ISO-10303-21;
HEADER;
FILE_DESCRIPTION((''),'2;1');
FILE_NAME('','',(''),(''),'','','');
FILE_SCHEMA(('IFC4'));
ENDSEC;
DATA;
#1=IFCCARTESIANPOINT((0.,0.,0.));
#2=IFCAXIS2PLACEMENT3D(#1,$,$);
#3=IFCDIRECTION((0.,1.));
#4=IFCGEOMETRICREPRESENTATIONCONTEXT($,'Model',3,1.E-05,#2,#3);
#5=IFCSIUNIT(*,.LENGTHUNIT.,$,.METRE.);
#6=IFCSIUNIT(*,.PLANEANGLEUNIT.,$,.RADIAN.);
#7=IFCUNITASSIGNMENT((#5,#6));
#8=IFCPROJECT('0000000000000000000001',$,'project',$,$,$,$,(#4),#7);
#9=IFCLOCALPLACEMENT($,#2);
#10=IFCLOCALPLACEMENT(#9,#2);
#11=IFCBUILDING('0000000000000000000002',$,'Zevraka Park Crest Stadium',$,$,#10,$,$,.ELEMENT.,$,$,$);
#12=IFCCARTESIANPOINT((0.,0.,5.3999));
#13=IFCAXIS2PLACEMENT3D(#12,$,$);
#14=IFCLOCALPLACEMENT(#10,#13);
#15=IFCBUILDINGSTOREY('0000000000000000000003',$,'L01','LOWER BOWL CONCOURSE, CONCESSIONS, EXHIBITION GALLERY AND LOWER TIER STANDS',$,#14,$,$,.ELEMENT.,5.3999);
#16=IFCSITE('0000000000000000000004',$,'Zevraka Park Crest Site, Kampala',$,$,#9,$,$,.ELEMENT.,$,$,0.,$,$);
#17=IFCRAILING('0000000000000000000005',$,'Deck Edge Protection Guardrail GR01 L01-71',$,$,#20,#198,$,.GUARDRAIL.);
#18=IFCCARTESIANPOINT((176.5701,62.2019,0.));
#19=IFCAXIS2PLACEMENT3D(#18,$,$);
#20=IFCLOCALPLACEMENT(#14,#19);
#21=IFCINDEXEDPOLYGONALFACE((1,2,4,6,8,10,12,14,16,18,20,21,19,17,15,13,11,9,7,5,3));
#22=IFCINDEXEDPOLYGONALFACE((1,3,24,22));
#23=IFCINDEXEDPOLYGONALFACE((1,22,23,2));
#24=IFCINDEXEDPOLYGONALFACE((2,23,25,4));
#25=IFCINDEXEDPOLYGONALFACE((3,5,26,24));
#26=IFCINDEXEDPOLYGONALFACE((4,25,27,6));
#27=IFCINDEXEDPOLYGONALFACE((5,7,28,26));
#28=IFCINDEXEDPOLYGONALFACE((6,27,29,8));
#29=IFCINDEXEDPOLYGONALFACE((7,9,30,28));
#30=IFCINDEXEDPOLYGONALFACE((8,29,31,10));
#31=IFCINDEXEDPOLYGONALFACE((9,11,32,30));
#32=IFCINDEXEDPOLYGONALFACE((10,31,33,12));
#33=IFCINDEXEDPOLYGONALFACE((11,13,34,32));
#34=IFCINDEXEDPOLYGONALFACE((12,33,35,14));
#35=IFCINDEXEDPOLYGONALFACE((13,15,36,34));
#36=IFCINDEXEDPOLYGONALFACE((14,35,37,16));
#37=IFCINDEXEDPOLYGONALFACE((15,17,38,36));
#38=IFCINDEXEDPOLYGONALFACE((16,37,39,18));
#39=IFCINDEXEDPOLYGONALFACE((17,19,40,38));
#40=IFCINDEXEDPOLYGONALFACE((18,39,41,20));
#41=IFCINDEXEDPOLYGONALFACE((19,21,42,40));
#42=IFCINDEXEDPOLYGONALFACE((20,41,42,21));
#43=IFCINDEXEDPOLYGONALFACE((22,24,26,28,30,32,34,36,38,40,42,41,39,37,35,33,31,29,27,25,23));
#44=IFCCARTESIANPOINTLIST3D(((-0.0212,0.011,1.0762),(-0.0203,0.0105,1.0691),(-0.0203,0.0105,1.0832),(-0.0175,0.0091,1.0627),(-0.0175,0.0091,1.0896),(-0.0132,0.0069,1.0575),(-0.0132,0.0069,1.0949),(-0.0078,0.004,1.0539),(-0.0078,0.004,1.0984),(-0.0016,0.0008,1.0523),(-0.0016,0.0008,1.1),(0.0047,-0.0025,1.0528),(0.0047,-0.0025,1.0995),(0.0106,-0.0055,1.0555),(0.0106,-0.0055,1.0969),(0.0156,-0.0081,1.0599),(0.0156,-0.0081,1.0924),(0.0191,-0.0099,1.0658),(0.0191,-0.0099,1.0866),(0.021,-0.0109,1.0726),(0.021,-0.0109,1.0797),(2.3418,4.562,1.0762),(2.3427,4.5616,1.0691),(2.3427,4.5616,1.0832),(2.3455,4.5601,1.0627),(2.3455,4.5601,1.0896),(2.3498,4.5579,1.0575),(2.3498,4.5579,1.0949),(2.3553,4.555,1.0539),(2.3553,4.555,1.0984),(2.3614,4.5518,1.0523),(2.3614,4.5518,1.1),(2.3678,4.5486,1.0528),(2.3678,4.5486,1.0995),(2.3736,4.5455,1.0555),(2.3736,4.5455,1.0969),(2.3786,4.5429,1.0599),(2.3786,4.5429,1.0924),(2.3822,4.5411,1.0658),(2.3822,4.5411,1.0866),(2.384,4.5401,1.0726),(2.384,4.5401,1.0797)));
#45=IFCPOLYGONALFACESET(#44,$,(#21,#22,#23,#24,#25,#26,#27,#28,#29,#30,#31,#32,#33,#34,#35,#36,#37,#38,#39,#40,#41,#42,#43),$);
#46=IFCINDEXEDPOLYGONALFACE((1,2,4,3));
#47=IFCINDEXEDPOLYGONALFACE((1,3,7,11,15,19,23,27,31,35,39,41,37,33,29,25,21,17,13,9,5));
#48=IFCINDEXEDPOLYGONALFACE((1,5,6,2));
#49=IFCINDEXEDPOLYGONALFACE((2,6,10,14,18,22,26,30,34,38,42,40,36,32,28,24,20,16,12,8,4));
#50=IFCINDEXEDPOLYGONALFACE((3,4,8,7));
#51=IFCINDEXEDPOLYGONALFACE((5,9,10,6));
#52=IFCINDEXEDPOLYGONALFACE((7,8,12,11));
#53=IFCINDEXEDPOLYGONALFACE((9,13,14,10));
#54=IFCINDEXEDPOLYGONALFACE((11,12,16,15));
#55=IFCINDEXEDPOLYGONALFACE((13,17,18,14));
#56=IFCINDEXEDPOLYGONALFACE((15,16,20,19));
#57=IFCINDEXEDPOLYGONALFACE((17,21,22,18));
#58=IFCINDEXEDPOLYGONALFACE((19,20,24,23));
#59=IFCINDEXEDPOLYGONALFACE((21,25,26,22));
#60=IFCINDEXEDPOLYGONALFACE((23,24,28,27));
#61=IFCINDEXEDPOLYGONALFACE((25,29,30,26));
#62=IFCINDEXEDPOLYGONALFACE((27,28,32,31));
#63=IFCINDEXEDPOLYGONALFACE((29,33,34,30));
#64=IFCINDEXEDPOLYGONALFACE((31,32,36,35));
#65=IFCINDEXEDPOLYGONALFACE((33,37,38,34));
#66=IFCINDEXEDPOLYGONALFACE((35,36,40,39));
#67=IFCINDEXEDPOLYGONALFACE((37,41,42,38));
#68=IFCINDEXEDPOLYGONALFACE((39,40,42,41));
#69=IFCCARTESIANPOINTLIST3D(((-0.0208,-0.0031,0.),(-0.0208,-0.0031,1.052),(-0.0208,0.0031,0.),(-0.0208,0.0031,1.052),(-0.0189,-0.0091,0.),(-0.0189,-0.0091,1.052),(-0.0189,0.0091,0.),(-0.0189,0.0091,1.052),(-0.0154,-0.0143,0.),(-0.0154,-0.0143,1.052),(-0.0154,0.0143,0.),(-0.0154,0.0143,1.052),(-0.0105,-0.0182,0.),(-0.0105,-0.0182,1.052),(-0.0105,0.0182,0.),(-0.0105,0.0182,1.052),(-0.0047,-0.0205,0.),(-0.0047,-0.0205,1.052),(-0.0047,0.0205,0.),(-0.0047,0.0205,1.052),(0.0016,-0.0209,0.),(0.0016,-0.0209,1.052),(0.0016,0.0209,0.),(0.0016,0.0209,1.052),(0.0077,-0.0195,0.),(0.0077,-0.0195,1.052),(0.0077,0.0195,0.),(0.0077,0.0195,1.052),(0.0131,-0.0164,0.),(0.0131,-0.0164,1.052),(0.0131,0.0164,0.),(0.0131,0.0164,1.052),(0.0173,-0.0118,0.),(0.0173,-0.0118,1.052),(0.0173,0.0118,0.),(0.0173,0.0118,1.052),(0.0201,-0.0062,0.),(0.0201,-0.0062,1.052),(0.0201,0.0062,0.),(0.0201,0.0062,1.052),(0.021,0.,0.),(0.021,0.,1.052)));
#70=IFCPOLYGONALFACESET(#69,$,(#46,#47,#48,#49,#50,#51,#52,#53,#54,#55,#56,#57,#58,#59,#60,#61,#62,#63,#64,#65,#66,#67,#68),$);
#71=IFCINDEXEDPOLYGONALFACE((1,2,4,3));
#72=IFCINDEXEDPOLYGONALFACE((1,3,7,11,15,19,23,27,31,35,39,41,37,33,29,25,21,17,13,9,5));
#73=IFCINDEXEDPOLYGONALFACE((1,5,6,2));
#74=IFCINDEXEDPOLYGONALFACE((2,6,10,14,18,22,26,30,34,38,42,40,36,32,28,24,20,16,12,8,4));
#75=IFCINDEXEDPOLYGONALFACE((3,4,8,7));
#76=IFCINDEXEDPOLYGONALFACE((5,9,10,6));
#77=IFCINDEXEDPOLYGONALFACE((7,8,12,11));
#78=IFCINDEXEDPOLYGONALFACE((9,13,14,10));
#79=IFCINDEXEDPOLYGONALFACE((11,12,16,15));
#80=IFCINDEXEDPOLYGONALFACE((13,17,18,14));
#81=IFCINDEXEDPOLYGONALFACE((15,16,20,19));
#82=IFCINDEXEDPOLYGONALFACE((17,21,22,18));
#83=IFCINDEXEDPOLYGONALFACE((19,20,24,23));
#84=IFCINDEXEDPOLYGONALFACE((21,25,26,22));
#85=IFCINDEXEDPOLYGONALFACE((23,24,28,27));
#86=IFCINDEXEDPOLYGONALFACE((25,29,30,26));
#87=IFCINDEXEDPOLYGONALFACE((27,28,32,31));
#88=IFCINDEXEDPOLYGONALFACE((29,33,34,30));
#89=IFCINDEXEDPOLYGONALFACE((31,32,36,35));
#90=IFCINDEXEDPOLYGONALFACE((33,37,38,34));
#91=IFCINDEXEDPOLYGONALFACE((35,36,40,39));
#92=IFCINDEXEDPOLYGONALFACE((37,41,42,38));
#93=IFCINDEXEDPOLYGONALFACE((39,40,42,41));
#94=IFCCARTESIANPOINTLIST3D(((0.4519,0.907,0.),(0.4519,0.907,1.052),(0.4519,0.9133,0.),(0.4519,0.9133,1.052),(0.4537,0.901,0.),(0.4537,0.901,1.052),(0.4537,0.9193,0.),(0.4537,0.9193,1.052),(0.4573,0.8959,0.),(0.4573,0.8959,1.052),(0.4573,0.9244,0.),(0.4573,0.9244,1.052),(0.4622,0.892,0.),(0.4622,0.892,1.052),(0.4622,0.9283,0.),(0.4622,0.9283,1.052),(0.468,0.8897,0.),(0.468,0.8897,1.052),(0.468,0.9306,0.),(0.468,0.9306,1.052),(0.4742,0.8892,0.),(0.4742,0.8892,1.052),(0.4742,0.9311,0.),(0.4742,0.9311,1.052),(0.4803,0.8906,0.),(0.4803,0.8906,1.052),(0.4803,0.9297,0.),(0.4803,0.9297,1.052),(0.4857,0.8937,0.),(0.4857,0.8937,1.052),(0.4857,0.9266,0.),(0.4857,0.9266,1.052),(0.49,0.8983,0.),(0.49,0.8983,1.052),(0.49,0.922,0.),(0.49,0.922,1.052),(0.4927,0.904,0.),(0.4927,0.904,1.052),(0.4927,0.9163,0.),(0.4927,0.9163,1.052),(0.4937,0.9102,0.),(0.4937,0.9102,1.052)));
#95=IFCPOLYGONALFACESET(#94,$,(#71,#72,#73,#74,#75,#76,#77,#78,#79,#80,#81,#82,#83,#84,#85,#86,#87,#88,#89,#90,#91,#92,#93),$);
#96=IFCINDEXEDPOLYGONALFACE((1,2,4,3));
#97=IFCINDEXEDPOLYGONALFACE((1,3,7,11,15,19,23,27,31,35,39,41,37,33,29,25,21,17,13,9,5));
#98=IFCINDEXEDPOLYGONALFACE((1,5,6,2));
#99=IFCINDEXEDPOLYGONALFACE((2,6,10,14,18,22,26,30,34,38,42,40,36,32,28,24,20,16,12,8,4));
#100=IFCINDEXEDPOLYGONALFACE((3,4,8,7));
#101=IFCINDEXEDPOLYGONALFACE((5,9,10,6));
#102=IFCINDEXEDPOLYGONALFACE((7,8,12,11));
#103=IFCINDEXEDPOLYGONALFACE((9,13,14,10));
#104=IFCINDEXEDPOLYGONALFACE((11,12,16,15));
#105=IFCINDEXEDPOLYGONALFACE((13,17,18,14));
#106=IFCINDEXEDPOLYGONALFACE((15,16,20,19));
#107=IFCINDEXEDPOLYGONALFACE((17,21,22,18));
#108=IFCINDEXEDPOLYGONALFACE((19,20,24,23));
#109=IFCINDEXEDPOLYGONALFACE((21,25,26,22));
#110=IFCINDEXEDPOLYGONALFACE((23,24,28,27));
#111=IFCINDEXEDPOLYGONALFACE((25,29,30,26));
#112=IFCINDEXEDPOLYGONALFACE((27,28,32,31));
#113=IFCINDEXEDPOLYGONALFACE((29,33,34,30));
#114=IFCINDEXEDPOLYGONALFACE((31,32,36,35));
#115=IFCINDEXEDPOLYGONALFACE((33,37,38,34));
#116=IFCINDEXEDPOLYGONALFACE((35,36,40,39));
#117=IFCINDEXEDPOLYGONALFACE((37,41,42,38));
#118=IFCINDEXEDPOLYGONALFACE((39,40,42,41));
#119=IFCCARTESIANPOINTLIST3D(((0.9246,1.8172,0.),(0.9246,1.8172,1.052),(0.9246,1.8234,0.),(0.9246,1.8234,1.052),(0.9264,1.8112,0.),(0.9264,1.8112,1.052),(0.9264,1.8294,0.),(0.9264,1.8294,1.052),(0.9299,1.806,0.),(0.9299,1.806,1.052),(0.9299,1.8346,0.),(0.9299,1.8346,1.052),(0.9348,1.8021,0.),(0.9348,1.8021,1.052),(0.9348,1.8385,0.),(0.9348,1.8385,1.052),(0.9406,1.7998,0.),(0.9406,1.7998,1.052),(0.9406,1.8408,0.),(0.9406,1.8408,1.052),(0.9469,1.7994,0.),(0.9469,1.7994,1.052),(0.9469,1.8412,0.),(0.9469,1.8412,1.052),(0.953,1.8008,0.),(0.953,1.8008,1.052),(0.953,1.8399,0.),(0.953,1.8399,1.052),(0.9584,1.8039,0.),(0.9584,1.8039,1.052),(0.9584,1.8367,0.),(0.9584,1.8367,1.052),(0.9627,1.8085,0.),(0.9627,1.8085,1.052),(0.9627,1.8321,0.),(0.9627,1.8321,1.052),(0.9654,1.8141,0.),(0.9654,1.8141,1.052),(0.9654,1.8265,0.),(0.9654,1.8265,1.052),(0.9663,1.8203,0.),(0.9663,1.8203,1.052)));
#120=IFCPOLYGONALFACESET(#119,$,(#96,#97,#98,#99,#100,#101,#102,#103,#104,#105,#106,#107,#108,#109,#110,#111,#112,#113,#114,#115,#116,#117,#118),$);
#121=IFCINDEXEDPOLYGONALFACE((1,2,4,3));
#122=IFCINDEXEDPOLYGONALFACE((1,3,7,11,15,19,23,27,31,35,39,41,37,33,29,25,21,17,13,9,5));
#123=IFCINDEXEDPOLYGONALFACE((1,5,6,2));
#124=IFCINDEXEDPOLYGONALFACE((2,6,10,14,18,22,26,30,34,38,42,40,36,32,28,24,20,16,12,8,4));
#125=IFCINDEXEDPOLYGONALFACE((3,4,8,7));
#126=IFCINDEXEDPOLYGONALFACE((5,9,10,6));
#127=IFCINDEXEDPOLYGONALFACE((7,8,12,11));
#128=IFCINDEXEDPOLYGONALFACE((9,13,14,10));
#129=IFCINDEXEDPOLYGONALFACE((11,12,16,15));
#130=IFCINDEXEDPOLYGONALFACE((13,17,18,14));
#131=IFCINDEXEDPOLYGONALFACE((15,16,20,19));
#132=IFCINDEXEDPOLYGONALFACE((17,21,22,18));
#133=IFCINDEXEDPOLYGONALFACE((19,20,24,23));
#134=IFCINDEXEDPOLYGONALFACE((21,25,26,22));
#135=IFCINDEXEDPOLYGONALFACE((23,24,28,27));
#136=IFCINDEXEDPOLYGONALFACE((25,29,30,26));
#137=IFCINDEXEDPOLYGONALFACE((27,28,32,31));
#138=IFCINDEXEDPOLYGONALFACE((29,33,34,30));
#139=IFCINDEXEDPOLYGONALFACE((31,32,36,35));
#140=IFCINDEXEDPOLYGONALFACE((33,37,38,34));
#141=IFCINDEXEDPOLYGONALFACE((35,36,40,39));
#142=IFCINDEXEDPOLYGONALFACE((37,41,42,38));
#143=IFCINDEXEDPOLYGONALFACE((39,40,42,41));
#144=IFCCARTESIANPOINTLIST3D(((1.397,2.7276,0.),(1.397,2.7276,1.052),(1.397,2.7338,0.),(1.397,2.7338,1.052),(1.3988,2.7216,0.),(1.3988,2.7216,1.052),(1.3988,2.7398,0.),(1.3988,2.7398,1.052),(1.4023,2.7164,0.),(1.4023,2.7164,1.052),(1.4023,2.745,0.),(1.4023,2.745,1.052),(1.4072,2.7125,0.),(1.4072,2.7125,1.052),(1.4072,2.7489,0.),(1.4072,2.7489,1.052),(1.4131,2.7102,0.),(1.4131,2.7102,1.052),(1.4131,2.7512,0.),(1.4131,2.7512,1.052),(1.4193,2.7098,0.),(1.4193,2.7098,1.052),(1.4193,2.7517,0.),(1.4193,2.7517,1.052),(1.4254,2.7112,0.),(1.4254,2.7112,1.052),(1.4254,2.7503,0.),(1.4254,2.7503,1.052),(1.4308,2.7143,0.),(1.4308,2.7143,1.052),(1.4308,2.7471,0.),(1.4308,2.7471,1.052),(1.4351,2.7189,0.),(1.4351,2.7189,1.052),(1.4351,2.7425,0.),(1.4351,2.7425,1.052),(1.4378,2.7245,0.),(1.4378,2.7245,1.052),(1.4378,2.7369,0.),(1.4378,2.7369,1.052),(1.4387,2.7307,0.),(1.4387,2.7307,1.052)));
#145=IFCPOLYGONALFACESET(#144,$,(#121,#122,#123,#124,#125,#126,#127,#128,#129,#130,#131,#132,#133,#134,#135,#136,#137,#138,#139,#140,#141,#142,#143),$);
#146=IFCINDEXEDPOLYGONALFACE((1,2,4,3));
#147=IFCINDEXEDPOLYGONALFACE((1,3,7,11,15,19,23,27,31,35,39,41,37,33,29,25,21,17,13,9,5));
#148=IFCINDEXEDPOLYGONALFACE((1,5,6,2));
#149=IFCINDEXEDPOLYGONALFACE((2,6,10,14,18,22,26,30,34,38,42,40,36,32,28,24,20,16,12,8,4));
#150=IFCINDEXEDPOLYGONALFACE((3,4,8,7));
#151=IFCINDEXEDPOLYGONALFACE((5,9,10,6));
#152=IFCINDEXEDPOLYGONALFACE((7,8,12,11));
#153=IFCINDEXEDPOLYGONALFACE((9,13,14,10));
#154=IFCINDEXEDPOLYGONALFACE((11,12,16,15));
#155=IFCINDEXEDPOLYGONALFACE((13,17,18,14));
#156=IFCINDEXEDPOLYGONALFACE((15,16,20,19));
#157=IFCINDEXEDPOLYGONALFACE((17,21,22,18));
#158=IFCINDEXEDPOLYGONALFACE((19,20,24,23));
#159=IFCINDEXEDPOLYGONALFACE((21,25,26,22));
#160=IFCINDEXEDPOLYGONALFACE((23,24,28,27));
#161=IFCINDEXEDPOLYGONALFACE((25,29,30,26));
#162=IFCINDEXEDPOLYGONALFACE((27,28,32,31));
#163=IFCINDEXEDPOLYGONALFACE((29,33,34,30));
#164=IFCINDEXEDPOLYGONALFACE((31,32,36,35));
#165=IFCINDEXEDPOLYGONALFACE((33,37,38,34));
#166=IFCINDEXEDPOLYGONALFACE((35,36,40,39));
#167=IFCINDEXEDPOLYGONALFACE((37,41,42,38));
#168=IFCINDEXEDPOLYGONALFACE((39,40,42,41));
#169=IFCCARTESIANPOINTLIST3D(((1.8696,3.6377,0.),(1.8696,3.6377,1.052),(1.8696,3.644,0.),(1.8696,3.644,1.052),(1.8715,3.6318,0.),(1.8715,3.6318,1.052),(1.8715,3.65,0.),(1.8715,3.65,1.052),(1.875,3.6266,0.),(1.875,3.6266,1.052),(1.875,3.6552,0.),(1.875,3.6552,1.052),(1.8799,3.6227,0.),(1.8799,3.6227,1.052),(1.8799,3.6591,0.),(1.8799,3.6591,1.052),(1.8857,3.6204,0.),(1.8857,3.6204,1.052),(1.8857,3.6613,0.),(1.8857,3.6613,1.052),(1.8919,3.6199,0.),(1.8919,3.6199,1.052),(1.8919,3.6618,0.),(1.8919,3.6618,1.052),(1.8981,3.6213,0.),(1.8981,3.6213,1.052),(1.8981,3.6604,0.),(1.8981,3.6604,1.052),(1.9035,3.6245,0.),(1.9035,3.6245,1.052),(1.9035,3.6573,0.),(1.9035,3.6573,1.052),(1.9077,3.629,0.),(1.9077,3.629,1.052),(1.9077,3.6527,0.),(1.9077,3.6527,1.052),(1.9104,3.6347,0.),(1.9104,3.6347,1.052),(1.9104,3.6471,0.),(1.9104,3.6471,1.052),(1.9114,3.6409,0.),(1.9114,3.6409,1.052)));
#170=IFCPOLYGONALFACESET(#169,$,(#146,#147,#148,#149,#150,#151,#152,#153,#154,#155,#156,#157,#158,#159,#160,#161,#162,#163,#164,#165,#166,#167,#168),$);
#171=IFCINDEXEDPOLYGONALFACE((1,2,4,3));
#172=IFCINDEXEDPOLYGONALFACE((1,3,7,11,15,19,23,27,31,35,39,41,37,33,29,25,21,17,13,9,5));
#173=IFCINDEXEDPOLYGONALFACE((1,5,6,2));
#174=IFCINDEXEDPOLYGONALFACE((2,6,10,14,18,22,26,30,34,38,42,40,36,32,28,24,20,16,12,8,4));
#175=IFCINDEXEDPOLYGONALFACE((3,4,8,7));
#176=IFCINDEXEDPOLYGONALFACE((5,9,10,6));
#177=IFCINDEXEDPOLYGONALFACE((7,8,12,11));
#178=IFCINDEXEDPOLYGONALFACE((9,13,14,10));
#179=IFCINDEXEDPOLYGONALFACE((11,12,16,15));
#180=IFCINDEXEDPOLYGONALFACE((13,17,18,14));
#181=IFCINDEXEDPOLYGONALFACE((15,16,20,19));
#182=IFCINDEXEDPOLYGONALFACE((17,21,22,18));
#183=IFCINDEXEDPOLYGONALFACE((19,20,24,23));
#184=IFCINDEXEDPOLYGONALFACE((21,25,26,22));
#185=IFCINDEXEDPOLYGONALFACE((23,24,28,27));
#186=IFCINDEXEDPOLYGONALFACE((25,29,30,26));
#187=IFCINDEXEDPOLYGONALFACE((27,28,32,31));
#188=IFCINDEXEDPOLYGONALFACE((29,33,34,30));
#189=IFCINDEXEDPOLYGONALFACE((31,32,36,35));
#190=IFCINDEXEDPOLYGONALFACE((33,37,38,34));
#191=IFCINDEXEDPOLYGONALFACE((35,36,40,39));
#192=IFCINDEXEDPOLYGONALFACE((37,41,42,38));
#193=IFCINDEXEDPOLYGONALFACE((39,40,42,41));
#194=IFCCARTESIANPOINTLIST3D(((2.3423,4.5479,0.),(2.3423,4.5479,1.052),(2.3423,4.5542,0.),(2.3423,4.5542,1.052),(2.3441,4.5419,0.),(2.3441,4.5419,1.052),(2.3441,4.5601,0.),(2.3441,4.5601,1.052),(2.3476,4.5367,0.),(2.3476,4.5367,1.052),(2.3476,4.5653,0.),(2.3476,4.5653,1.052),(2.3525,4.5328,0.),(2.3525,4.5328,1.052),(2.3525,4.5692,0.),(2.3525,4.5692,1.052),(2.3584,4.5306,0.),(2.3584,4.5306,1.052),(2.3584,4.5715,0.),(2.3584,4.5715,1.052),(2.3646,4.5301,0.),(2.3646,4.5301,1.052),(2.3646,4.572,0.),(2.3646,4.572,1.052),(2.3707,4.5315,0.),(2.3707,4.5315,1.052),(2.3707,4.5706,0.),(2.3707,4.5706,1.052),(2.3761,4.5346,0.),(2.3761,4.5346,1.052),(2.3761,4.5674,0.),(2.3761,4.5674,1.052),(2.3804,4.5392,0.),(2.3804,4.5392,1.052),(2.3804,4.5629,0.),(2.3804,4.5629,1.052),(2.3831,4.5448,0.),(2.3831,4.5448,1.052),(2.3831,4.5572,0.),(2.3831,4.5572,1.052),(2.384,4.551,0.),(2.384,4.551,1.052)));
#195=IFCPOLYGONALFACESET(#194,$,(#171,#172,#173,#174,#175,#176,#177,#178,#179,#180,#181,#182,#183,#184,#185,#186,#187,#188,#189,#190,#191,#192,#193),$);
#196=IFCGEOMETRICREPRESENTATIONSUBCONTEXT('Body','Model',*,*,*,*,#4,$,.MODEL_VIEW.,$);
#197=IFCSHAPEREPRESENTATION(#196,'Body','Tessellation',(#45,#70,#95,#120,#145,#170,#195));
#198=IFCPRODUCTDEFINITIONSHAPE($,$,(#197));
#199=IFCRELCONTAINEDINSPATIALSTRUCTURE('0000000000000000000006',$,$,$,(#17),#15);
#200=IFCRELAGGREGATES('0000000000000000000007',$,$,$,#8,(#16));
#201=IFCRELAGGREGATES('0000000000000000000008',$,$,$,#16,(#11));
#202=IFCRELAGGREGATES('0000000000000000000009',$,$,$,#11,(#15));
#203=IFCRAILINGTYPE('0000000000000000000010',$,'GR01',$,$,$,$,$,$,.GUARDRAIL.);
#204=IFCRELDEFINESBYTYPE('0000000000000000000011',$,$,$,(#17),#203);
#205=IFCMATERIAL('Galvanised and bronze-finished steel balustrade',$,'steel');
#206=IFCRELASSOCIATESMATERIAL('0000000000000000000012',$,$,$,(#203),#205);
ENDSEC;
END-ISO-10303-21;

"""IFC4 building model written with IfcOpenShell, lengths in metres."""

from ifc_helpers import new_model, si_unit, direction, frame, origin, origin_2d, place, context, subcontext, project, spatial, circle, extrude, material, type_object, element, save


model = new_model("IFC4")

# Units and contexts
model_context = context("Model", 3, precision=1e-05, world=origin(), true_north=direction((0.0, 1.0)))
body_context = subcontext(model_context, "Body", "Model", "MODEL_VIEW")
ifc_project = project(units=[si_unit("LENGTHUNIT", "METRE"), si_unit("PLANEANGLEUNIT", "RADIAN")], contexts=[model_context])

# Site, building, storey
site_placement = place(None, origin())
site = spatial("IfcSite", under=ifc_project, at=site_placement, Name="Zevraka Park Crest Site, Kampala", CompositionType="ELEMENT", RefElevation=0.0)
building_placement = place(site_placement, origin())
building = spatial("IfcBuilding", under=site, at=building_placement, Name="Zevraka Park Crest Stadium", CompositionType="ELEMENT")
storey_placement = place(building_placement, frame((0.0, 0.0, 5.3999)))
storey = spatial("IfcBuildingStorey", under=building, at=storey_placement, Name="L01", Description="LOWER BOWL CONCOURSE, CONCESSIONS, EXHIBITION GALLERY AND LOWER TIER STANDS", CompositionType="ELEMENT", Elevation=5.3999)

# Railing
ifc_material_1 = material(Name="Galvanised and bronze-finished steel balustrade", Category="steel")
railing_type_1 = type_object("IfcRailingType", Name="GR01", PredefinedType="GUARDRAIL", material=ifc_material_1)
railing_1_placement = place(storey_placement, frame((176.5701, 62.2019, 0.0)))
element("IfcRailing", 1, at=railing_1_placement, inside=storey, type_object=railing_type_1, Name="Deck Edge Protection Guardrail GR01 L01-71", PredefinedType="GUARDRAIL", context=body_context, shape_type="SweptSolid", body=[
    extrude(circle(Radius=0.0239, at=origin_2d()), frame((0.0, 0.0, 1.0762), z_axis=(0.460816, 0.887496, 0.0), x_axis=(-0.887496, 0.460816, 0.0)), (0.0, 0.0, 1.0), 5.1279),
    extrude(circle(Radius=0.021, at=origin_2d()), origin(), (0.0, 0.0, 1.0), 1.052),
    extrude(circle(Radius=0.021, at=origin_2d()), frame((0.4727, 0.9102, 0.0)), (0.0, 0.0, 1.0), 1.052),
    extrude(circle(Radius=0.021, at=origin_2d()), frame((0.9453, 1.8203, 0.0)), (0.0, 0.0, 1.0), 1.052),
    extrude(circle(Radius=0.021, at=origin_2d()), frame((1.4177, 2.7307, 0.0)), (0.0, 0.0, 1.0), 1.052),
    extrude(circle(Radius=0.021, at=origin_2d()), frame((1.8904, 3.6409, 0.0)), (0.0, 0.0, 1.0), 1.052),
    extrude(circle(Radius=0.021, at=origin_2d()), frame((2.363, 4.551, 0.0)), (0.0, 0.0, 1.0), 1.052),
])

save(model, "model.ifc")
